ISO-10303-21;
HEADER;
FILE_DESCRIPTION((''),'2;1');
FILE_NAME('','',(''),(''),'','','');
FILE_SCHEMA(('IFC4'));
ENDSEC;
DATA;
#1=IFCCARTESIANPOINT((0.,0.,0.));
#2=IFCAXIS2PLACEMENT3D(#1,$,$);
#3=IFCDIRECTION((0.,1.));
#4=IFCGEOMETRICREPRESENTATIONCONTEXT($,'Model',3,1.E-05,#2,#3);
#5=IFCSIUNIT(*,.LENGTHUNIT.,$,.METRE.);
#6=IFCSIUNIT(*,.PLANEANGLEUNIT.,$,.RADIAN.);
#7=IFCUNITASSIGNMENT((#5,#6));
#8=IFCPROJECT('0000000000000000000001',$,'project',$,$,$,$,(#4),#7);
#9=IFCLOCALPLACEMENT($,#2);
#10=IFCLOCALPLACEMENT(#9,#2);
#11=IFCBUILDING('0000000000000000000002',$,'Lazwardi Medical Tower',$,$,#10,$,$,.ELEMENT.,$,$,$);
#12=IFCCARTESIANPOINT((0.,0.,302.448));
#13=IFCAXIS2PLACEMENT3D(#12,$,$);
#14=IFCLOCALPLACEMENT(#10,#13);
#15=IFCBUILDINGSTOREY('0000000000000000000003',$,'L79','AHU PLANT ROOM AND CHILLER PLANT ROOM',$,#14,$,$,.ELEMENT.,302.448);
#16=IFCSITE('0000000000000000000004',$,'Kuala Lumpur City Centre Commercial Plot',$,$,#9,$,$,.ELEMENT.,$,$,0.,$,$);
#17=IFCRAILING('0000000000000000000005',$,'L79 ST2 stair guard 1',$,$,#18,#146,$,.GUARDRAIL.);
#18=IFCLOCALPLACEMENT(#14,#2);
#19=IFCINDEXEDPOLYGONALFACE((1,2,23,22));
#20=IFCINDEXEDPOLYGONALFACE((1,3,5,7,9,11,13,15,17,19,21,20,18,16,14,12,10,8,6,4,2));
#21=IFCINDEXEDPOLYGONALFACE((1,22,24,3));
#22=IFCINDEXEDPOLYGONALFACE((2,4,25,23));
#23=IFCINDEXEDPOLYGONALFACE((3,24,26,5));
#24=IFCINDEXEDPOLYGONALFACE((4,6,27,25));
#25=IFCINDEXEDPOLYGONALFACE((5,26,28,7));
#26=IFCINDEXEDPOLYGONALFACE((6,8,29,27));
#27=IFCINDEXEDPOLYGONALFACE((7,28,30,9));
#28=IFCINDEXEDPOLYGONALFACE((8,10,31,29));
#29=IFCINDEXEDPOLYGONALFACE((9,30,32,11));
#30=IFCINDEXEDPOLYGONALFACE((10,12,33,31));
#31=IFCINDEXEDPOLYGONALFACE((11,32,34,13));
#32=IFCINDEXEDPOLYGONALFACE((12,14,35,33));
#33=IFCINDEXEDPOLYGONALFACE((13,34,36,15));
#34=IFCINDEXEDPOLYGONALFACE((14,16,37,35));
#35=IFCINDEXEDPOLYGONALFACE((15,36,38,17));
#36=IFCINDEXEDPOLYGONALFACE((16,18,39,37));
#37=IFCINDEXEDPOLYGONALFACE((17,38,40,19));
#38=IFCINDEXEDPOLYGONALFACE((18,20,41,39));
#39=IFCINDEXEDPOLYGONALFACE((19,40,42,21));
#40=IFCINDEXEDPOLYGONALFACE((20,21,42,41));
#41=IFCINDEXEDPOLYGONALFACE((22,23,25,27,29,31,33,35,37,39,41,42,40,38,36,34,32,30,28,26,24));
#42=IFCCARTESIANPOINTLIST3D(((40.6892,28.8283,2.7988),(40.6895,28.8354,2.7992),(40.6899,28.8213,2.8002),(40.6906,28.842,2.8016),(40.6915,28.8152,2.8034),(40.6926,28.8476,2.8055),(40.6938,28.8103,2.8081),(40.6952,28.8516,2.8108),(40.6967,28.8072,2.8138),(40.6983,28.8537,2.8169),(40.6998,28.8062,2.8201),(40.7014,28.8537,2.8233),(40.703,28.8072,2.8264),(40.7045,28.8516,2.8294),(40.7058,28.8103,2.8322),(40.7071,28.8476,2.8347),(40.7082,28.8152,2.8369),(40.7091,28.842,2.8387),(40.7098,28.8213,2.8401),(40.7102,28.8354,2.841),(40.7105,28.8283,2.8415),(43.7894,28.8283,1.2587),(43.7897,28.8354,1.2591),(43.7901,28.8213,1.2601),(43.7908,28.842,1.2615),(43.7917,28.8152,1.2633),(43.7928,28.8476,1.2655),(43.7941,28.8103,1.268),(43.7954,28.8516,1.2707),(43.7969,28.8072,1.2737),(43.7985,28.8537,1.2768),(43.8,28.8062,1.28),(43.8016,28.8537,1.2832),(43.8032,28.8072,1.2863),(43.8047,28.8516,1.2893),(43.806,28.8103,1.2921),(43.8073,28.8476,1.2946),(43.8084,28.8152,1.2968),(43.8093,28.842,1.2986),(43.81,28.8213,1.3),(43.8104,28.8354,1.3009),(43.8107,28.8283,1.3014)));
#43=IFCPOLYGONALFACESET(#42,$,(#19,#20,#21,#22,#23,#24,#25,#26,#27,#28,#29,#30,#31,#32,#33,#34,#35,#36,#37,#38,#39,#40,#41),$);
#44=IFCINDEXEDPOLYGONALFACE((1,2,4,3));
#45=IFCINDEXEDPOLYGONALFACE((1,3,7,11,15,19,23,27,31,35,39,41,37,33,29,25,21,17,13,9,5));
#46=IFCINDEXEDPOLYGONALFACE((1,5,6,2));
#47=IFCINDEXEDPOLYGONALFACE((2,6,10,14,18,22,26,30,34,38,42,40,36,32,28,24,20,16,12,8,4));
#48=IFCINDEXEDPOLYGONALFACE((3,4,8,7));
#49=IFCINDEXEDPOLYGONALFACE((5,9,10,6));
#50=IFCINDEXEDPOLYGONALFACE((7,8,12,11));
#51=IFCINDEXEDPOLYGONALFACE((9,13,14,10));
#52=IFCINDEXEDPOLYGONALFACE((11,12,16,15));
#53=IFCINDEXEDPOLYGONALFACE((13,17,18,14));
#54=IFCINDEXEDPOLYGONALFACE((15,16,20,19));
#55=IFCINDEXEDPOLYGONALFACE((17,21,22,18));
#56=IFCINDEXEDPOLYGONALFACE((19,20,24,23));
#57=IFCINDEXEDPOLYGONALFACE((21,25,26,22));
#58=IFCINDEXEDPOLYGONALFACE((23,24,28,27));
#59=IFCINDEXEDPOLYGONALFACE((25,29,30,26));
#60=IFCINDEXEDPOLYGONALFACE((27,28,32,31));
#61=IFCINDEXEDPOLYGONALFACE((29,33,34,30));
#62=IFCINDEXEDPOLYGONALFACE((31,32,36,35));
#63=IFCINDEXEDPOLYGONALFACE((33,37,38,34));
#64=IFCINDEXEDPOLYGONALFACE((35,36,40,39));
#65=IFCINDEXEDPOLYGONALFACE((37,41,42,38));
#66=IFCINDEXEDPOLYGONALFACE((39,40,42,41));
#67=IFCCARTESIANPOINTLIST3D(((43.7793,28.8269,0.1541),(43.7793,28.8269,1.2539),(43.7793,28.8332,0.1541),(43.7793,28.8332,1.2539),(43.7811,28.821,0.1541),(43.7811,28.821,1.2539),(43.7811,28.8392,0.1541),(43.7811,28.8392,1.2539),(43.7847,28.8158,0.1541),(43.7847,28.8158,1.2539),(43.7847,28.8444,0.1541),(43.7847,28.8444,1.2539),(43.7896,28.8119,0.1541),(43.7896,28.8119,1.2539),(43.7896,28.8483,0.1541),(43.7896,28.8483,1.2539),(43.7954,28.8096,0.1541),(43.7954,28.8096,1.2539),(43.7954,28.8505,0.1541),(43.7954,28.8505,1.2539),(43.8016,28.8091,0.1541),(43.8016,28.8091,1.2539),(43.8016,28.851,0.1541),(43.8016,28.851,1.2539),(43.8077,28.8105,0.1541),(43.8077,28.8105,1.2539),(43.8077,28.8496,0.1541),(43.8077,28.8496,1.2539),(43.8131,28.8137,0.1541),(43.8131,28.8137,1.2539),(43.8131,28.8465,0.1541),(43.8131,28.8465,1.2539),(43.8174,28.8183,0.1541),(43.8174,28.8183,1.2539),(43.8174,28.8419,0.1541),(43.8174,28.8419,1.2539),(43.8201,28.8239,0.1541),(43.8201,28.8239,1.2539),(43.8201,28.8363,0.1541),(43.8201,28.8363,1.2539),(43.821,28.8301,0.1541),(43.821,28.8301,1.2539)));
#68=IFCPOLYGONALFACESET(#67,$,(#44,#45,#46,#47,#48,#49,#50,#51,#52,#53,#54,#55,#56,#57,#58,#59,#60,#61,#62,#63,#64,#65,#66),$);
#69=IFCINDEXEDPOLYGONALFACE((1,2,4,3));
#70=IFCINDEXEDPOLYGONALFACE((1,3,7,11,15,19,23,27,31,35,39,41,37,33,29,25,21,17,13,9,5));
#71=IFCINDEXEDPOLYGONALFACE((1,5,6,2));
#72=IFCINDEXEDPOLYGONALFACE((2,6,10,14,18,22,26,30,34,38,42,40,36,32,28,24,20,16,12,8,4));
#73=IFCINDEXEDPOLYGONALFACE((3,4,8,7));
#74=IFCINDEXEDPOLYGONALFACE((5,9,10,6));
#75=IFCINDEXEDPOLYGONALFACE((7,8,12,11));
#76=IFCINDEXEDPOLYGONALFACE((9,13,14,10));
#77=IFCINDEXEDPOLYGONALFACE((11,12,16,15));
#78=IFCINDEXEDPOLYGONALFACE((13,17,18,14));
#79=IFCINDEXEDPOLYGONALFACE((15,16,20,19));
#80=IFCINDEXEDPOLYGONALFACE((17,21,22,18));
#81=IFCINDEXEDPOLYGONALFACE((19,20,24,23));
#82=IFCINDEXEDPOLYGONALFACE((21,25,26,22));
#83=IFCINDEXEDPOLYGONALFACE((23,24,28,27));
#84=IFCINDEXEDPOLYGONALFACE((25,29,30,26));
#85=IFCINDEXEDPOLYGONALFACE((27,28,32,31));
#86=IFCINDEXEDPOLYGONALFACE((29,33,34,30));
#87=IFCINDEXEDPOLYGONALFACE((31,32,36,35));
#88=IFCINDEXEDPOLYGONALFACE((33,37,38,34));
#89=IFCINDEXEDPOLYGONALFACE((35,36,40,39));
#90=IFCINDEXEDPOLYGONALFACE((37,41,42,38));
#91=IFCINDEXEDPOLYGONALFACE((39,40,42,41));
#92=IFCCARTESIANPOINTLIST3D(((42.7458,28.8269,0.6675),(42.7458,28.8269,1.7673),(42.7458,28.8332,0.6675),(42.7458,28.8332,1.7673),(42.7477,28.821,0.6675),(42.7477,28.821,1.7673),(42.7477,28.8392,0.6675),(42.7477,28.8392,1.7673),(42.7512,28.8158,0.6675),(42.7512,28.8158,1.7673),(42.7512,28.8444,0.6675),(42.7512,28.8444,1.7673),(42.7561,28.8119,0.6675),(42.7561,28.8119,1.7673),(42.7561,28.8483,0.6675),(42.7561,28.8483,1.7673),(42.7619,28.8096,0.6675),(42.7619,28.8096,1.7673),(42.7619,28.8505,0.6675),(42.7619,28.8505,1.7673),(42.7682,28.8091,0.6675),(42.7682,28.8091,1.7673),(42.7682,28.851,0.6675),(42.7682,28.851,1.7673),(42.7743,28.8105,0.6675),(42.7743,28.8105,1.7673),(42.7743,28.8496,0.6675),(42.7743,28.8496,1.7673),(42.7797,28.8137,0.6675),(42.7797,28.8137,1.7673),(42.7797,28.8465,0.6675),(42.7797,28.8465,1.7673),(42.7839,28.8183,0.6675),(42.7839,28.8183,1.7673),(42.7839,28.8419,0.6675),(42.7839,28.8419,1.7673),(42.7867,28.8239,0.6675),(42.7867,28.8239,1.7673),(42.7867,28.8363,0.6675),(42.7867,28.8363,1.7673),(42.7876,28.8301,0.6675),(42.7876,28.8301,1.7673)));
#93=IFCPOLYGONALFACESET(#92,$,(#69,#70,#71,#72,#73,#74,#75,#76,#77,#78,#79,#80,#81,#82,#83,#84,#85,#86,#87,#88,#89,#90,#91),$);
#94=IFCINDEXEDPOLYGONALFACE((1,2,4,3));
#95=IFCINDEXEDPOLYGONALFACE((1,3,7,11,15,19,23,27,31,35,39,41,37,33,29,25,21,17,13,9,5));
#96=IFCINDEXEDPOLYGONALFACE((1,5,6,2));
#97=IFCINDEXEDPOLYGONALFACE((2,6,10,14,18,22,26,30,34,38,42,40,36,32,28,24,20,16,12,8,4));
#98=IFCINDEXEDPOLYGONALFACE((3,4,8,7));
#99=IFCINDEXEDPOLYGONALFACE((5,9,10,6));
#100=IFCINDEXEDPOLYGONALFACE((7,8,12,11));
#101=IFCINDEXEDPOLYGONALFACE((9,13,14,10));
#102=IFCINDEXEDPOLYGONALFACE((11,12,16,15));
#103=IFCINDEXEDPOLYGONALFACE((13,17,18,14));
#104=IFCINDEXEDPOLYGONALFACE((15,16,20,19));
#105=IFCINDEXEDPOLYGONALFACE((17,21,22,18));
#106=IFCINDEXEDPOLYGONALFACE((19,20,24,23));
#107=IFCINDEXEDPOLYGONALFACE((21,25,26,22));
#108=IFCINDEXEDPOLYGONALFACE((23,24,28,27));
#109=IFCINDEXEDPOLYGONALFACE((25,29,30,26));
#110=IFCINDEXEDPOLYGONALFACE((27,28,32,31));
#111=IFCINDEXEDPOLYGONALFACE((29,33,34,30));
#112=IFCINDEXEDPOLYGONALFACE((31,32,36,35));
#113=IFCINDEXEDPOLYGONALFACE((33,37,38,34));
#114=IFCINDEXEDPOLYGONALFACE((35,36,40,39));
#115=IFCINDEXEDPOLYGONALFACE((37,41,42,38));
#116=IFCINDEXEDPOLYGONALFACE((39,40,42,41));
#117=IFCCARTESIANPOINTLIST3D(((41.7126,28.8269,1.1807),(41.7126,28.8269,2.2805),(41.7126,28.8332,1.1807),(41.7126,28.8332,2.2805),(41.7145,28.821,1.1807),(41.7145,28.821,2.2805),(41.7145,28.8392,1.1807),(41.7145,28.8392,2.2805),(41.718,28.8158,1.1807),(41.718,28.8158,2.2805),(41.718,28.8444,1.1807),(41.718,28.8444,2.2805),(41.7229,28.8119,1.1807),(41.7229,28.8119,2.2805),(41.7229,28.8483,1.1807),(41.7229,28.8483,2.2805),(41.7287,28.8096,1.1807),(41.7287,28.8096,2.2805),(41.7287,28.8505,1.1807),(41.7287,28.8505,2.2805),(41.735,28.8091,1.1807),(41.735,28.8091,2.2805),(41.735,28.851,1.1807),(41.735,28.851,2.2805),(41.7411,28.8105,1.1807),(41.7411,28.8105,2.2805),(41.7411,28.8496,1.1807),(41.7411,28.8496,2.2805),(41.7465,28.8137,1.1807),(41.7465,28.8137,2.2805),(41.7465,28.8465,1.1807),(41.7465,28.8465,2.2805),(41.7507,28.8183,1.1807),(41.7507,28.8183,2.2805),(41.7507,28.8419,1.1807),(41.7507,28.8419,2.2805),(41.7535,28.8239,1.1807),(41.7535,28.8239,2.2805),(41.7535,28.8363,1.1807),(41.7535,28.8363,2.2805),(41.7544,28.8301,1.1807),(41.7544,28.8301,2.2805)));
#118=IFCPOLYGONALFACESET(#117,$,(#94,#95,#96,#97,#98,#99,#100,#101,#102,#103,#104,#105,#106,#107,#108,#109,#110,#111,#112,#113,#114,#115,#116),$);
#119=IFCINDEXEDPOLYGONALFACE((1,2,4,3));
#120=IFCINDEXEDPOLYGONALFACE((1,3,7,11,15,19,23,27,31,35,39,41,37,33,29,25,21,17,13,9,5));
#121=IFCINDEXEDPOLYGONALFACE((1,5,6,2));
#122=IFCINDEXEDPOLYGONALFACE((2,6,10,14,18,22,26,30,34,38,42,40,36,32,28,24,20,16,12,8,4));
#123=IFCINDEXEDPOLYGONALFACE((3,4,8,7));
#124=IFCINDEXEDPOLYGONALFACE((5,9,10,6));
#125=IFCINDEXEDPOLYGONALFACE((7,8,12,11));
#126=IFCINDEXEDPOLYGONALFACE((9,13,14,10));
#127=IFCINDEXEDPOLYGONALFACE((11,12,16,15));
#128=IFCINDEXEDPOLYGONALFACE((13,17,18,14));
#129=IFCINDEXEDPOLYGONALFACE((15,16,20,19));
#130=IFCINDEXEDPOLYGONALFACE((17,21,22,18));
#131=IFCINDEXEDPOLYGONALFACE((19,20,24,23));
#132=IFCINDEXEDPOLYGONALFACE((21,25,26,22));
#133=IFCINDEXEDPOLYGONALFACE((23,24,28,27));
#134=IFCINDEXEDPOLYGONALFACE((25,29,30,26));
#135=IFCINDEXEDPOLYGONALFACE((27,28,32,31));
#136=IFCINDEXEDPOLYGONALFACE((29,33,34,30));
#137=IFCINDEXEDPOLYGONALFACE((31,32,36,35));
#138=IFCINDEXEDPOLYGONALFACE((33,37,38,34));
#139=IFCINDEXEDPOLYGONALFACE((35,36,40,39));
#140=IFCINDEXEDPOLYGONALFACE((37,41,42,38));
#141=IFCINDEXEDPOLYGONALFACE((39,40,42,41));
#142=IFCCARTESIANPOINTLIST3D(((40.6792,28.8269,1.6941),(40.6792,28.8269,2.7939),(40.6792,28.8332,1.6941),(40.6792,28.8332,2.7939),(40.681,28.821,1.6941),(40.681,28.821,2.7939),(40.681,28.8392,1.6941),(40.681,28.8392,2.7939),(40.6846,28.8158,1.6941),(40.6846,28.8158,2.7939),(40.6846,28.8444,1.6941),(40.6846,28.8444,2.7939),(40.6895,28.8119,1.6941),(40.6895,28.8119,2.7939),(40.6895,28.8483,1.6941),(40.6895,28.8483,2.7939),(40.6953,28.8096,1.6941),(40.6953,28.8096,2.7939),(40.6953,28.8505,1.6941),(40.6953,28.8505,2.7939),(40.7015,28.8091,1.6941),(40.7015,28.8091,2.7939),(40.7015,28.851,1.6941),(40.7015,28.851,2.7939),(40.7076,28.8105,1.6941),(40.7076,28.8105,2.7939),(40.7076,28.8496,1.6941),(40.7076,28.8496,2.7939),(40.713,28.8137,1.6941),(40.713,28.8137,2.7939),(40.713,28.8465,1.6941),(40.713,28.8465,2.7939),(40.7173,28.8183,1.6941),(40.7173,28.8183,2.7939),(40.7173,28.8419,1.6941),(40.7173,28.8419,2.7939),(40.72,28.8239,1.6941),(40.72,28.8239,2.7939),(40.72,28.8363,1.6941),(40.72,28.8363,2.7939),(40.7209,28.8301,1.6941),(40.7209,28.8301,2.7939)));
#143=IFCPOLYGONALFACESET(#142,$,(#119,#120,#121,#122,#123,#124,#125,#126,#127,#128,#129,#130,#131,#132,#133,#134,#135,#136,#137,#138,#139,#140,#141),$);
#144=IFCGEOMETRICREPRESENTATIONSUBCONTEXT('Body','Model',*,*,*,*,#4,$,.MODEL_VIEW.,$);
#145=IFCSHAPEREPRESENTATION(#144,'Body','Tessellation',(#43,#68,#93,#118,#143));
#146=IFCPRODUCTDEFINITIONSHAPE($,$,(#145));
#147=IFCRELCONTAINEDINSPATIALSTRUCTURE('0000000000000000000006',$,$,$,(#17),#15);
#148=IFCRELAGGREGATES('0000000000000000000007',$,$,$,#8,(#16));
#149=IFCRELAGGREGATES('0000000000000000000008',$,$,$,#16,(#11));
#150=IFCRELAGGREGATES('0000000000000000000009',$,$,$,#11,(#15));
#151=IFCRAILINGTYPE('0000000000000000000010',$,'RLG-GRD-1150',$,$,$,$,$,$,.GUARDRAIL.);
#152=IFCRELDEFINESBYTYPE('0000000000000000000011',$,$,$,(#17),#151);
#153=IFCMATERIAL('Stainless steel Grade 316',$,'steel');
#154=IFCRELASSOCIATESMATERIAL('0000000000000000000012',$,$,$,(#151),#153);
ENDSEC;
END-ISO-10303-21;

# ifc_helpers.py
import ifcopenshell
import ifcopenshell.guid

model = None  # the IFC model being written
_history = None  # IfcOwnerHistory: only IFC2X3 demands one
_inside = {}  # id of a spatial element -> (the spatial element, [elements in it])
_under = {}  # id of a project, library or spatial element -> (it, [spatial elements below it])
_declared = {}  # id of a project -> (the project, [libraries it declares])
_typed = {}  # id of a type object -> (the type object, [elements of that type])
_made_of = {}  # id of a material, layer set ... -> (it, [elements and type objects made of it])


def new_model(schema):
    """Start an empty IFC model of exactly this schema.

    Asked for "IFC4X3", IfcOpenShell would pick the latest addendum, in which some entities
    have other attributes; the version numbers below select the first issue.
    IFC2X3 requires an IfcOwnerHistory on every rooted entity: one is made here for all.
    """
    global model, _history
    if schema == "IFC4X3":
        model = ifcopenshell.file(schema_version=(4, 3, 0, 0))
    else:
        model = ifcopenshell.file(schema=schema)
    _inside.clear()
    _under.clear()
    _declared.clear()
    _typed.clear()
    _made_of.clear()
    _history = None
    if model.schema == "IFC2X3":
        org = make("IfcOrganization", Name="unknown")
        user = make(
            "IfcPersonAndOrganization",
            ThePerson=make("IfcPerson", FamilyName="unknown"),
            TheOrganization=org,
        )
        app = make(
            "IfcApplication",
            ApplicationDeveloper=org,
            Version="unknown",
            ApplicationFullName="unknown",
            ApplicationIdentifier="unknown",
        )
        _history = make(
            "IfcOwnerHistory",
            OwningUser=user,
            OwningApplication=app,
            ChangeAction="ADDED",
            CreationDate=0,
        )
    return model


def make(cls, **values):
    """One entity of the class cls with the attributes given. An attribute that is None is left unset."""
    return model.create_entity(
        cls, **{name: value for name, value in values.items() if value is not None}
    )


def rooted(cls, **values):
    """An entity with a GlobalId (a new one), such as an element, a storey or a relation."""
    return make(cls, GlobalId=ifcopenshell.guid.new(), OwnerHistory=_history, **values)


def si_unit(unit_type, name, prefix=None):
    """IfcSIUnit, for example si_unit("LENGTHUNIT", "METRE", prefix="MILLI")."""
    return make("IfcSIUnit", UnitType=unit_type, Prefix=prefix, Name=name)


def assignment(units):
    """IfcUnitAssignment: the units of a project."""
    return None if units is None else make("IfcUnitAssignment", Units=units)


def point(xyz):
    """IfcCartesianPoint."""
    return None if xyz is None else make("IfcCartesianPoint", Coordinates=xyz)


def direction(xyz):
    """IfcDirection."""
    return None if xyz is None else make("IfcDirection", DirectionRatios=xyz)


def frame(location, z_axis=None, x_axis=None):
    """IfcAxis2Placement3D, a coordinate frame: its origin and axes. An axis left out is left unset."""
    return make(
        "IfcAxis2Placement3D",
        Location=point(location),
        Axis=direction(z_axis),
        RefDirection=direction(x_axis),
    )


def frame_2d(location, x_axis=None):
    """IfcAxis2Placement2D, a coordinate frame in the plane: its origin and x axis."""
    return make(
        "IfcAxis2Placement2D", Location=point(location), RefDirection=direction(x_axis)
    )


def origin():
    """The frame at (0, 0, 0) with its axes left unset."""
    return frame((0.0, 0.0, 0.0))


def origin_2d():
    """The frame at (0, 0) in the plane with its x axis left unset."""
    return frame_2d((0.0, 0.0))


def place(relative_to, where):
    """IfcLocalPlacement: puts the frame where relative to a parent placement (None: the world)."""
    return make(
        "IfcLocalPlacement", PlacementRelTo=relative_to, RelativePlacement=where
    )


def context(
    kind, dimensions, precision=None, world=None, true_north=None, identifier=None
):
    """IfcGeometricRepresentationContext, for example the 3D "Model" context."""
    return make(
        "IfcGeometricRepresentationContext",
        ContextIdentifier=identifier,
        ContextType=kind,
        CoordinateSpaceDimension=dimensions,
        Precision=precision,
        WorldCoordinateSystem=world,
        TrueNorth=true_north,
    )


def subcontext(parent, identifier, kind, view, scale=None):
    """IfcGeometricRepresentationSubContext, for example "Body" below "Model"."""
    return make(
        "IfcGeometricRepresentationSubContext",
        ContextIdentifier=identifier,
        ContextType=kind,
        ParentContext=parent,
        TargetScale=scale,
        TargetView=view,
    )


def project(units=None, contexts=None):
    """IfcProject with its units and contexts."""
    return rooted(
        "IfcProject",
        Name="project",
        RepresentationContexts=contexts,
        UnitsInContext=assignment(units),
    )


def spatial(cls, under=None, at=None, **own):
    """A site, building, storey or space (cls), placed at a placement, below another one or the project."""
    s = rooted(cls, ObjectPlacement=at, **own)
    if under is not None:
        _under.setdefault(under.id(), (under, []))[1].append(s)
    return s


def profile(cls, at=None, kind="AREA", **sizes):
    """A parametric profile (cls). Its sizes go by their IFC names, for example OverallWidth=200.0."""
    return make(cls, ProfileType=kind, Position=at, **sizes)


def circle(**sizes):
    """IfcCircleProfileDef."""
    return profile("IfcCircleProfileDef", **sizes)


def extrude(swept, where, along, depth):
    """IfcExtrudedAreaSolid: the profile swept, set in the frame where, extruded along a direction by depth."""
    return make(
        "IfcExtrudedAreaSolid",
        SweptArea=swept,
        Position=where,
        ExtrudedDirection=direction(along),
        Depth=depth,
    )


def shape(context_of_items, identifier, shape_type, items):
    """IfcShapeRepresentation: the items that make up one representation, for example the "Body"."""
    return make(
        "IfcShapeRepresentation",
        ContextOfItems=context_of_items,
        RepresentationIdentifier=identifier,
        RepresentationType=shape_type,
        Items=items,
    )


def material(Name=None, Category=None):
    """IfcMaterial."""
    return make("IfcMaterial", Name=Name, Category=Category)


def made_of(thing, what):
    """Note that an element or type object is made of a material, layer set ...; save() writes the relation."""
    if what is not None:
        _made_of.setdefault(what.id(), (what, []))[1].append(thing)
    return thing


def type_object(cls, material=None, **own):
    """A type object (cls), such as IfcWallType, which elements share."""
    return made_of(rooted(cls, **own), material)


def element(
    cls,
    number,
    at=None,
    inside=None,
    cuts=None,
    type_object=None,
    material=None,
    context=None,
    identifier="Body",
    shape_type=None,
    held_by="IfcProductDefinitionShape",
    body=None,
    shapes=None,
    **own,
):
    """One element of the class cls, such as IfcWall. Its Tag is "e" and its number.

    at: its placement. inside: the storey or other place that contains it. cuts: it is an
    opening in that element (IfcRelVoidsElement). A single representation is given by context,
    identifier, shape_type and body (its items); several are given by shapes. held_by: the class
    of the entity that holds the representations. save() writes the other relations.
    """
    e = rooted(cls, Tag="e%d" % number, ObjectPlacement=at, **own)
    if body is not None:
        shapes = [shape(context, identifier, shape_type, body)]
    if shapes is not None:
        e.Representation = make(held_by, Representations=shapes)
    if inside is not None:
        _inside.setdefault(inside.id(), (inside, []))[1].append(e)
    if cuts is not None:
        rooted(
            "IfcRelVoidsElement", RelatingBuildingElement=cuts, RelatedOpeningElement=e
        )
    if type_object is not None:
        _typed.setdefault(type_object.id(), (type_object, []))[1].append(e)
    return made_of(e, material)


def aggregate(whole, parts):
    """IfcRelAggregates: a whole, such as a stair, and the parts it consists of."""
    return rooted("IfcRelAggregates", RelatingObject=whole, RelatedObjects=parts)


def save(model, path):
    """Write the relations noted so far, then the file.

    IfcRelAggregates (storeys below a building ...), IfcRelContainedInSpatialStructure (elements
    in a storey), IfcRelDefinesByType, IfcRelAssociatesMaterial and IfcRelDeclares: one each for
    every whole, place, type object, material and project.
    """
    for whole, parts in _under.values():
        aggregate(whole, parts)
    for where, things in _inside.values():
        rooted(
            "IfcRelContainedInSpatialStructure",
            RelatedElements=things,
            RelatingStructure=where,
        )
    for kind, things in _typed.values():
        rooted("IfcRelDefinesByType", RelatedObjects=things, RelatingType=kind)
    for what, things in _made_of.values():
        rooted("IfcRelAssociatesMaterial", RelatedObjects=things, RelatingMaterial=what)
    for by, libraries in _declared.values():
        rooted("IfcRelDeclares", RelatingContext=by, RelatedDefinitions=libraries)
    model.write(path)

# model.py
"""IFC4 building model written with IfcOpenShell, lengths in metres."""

from ifc_helpers import new_model, si_unit, direction, frame, origin, origin_2d, place, context, subcontext, project, spatial, circle, extrude, material, type_object, element, save


model = new_model("IFC4")

# Units and contexts
model_context = context("Model", 3, precision=1e-05, world=origin(), true_north=direction((0.0, 1.0)))
body_context = subcontext(model_context, "Body", "Model", "MODEL_VIEW")
ifc_project = project(units=[si_unit("LENGTHUNIT", "METRE"), si_unit("PLANEANGLEUNIT", "RADIAN")], contexts=[model_context])

# Site, building, storey
site_placement = place(None, origin())
site = spatial("IfcSite", under=ifc_project, at=site_placement, Name="Kuala Lumpur City Centre Commercial Plot", CompositionType="ELEMENT", RefElevation=0.0)
building_placement = place(site_placement, origin())
building = spatial("IfcBuilding", under=site, at=building_placement, Name="Lazwardi Medical Tower", CompositionType="ELEMENT")
storey_placement = place(building_placement, frame((0.0, 0.0, 302.448)))
storey = spatial("IfcBuildingStorey", under=building, at=storey_placement, Name="L79", Description="AHU PLANT ROOM AND CHILLER PLANT ROOM", CompositionType="ELEMENT", Elevation=302.448)

# Railing
ifc_material_1 = material(Name="Stainless steel Grade 316", Category="steel")
railing_type_1 = type_object("IfcRailingType", Name="RLG-GRD-1150", PredefinedType="GUARDRAIL", material=ifc_material_1)
railing_1_placement = place(storey_placement, frame((43.8, 28.8301, 0.1541)))
element("IfcRailing", 1, at=railing_1_placement, inside=storey, type_object=railing_type_1, Name="L79 ST2 stair guard 1", PredefinedType="GUARDRAIL", context=body_context, shape_type="SweptSolid", body=[
    extrude(circle(Radius=0.0239, at=origin_2d()), frame((0.0, 0.0, 1.126), z_axis=(-0.895581, 0.0, 0.444899), x_axis=(0.0, -1.0, 0.0)), (0.0, 0.0, 1.0), 3.4617),
    extrude(circle(Radius=0.021, at=origin_2d()), origin(), (0.0, 0.0, 1.0), 1.0999),
    extrude(circle(Radius=0.021, at=origin_2d()), frame((-1.0334, 0.0, 0.5134)), (0.0, 0.0, 1.0), 1.0999),
    extrude(circle(Radius=0.021, at=origin_2d()), frame((-2.0667, 0.0, 1.0266)), (0.0, 0.0, 1.0), 1.0999),
    extrude(circle(Radius=0.021, at=origin_2d()), frame((-3.1001, 0.0, 1.54)), (0.0, 0.0, 1.0), 1.0999),
])

save(model, "model.ifc")
